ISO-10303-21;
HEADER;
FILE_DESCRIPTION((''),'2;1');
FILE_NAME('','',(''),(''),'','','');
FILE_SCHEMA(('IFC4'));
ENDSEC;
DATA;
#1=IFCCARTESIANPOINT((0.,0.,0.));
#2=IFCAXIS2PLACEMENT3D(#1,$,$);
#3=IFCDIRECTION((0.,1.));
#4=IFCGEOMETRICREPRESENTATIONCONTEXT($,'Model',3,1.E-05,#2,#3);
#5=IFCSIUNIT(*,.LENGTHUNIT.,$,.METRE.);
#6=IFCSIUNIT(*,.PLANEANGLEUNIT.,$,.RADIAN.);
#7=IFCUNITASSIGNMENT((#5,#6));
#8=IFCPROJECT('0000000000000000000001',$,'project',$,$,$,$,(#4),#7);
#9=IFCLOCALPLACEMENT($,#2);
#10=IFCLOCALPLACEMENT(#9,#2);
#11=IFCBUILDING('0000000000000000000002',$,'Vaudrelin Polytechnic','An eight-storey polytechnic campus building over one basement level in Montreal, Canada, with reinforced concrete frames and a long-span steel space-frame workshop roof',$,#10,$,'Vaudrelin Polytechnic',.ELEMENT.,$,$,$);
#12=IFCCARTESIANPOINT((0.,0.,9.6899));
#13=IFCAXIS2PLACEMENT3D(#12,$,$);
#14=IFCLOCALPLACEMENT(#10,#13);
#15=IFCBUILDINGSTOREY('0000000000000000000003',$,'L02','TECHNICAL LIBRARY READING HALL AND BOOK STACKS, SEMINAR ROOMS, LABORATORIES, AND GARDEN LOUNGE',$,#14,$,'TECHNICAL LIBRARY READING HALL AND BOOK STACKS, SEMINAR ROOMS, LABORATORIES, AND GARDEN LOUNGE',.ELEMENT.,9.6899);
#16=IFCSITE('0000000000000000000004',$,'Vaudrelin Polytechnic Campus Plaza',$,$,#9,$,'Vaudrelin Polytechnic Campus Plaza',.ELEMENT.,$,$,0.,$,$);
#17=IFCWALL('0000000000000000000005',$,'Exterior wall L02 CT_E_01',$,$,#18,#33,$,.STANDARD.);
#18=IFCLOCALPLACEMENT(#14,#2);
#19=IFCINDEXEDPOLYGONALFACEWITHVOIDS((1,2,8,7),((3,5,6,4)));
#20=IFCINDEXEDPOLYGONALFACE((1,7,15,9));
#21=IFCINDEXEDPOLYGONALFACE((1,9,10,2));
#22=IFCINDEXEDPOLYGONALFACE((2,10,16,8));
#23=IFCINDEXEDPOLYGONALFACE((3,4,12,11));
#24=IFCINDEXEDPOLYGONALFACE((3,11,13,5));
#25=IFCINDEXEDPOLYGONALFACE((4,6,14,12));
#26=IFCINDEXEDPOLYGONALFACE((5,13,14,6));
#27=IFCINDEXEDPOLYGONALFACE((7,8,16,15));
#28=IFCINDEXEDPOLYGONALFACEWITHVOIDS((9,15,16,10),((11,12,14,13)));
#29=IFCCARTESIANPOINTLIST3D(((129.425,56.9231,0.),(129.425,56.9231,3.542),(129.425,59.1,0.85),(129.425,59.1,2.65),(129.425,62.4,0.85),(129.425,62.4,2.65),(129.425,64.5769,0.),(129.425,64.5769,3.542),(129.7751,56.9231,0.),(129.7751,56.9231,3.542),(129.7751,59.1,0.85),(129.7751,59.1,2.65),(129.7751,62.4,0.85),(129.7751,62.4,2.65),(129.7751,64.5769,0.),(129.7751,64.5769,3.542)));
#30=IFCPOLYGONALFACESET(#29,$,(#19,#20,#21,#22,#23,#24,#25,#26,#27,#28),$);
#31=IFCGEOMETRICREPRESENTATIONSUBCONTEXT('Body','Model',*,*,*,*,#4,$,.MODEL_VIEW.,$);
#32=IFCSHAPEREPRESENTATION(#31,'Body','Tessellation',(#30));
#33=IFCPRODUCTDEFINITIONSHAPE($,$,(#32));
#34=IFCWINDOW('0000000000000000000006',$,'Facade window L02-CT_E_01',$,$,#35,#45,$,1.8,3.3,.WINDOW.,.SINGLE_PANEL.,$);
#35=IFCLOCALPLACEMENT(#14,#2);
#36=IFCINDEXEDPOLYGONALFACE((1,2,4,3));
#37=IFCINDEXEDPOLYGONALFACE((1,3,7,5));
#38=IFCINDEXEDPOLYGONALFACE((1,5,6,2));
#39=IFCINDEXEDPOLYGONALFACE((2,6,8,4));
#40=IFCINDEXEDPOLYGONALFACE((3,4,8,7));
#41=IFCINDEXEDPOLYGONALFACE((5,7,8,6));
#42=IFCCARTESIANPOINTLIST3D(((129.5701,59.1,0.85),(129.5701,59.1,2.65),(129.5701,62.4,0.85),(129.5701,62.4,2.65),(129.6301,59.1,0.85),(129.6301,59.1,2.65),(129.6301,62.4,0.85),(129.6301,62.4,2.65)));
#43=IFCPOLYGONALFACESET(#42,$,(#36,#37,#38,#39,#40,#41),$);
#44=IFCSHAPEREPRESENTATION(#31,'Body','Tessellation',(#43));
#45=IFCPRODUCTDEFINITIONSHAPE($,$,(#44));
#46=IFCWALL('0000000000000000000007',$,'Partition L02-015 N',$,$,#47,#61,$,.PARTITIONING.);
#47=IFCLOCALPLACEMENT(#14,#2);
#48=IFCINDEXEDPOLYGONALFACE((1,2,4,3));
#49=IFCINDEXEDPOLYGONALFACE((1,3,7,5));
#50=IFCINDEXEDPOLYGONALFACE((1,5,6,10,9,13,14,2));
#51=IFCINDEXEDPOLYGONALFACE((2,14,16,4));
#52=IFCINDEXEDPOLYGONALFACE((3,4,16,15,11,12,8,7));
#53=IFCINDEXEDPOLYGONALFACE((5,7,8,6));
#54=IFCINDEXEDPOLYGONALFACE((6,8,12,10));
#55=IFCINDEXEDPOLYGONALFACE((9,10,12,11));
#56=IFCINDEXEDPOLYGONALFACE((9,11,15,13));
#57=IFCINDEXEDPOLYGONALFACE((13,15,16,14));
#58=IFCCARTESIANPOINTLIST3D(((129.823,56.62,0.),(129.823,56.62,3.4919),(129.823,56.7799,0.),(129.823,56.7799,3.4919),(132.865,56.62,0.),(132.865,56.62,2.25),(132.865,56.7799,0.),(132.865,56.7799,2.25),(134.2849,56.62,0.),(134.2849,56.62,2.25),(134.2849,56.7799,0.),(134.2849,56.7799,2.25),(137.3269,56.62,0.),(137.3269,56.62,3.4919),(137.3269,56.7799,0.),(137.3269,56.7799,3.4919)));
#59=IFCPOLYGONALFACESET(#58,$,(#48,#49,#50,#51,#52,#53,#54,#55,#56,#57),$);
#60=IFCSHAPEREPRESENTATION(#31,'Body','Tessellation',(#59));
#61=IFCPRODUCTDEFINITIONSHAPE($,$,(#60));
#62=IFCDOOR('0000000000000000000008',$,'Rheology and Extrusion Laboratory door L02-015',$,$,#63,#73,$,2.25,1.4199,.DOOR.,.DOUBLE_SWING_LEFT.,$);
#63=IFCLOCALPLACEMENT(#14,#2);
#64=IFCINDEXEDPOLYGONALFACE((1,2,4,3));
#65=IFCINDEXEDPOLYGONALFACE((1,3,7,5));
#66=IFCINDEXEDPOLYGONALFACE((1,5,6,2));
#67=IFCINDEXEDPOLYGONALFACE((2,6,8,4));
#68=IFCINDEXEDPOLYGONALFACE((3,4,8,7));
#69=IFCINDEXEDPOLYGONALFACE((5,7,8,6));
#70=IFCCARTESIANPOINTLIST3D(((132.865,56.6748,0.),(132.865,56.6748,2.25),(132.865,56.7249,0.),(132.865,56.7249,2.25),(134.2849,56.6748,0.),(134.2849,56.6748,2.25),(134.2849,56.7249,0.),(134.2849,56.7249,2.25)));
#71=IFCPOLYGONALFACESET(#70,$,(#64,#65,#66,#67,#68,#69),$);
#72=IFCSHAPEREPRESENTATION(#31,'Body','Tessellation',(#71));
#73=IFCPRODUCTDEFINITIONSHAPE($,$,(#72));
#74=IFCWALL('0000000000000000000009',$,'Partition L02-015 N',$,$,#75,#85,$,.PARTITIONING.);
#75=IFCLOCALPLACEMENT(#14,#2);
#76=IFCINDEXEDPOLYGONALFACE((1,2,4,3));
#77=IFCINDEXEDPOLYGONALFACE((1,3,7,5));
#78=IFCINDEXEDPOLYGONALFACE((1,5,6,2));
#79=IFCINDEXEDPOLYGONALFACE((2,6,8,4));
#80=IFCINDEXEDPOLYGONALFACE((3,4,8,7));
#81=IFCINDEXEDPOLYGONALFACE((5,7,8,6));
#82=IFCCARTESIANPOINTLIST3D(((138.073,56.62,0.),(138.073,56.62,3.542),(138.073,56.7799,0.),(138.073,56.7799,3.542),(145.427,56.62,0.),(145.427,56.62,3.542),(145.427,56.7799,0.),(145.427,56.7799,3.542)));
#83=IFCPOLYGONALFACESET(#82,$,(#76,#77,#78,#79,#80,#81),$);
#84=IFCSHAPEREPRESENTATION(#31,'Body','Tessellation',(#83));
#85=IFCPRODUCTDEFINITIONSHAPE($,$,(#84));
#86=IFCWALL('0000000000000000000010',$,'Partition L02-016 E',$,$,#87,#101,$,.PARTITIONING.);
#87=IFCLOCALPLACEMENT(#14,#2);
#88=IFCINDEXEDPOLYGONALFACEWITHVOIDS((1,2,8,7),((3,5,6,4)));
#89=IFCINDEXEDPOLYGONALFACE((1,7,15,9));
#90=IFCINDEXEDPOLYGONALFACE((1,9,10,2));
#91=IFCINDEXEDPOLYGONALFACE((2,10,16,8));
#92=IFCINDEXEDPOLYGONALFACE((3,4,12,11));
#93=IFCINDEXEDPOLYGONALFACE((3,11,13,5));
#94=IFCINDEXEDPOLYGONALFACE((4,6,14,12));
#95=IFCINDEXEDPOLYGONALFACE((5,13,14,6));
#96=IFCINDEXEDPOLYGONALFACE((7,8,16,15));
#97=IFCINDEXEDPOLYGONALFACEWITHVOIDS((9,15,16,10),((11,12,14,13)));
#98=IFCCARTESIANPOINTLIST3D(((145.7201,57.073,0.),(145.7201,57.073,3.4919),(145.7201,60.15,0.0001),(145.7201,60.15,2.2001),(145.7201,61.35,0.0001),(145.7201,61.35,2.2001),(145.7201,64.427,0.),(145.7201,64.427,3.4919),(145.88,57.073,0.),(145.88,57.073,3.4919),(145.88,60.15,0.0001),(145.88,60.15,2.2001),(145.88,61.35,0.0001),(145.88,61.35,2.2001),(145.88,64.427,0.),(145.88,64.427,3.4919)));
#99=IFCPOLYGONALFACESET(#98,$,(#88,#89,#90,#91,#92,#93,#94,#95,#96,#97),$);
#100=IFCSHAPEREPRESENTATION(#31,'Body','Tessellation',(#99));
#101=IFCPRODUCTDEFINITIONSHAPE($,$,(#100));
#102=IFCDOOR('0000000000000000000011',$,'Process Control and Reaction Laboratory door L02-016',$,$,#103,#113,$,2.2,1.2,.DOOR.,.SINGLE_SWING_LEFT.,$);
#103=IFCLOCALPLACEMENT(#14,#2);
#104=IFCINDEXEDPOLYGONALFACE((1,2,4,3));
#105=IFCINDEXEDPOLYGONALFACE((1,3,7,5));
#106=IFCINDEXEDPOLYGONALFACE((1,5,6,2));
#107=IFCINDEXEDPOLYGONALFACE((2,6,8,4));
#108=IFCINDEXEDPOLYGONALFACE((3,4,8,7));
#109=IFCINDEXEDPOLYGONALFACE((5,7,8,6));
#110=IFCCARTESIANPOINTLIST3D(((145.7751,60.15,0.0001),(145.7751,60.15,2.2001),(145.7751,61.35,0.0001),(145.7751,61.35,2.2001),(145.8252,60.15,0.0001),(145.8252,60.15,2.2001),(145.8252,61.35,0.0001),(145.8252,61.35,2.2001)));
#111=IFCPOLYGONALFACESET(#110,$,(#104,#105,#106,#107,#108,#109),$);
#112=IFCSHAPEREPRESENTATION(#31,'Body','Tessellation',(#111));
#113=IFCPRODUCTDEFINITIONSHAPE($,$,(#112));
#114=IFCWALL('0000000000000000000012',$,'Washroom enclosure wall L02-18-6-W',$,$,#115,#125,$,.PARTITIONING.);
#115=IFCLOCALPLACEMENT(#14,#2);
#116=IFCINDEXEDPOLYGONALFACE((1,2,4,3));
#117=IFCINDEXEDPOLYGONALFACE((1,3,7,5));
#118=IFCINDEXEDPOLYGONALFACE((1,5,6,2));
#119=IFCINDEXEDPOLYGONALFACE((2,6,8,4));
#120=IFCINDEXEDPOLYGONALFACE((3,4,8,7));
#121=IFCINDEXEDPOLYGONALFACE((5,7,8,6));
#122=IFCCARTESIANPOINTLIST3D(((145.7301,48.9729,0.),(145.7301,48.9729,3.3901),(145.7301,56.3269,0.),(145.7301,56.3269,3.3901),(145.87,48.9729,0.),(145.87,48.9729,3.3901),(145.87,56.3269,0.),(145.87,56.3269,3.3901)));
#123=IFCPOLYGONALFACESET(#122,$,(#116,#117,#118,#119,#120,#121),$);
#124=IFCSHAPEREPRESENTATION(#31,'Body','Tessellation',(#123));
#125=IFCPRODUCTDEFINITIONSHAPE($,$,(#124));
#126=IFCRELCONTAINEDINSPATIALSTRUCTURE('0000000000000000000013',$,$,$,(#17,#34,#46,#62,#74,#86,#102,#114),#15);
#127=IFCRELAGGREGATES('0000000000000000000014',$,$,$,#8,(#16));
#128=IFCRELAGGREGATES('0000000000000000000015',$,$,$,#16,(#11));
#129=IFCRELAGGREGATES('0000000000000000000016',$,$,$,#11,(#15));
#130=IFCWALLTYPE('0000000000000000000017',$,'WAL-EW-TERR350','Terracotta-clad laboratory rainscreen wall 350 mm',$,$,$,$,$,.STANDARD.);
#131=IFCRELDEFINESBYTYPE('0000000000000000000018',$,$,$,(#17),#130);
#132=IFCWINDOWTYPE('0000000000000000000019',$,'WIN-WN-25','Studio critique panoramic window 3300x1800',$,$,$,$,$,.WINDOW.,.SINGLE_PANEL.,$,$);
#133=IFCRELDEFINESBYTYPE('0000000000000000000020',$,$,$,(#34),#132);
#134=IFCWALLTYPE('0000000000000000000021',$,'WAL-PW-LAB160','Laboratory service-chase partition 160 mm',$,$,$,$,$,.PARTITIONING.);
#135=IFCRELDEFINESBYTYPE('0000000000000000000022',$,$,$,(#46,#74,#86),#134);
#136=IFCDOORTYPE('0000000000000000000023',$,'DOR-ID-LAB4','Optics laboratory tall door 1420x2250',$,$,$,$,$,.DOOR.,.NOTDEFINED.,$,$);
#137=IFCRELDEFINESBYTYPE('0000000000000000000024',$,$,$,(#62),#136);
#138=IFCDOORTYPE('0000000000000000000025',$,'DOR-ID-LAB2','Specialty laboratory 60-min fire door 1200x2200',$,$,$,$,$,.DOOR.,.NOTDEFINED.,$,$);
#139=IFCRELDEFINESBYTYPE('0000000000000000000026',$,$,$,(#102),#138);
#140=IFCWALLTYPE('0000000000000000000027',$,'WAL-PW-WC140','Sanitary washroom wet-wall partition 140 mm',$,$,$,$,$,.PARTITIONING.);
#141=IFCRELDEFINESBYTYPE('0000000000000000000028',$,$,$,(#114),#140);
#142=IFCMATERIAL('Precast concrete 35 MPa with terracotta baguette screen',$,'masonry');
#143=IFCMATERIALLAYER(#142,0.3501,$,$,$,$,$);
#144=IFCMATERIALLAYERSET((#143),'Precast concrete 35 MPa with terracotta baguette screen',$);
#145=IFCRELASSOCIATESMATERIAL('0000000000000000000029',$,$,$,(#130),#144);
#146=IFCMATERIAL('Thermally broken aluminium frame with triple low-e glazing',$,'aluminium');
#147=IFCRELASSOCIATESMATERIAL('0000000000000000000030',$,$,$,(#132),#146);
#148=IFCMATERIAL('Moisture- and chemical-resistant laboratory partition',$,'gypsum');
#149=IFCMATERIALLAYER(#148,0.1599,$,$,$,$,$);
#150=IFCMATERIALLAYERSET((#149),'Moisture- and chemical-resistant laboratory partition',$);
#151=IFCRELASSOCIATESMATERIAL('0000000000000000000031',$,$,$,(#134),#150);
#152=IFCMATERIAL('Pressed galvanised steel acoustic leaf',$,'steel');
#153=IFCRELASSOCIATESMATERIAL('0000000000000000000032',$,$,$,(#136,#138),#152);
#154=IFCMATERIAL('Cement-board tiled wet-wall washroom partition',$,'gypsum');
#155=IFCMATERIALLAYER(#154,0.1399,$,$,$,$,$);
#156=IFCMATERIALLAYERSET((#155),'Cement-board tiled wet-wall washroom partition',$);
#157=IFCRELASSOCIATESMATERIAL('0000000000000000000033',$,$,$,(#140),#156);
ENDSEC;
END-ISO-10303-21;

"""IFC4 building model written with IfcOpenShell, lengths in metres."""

from ifc_helpers import new_model, si_unit, direction, frame, frame_2d, origin, place, context, subcontext, project, spatial, rectangle, extrude, material, layer, layer_set, type_object, element, fill, save


model = new_model("IFC4")

# Units and contexts
model_context = context("Model", 3, precision=1e-05, world=origin(), true_north=direction((0.0, 1.0)))
body_context = subcontext(model_context, "Body", "Model", "MODEL_VIEW")
ifc_project = project(units=[si_unit("LENGTHUNIT", "METRE"), si_unit("PLANEANGLEUNIT", "RADIAN")], contexts=[model_context])

# Site, building, storey
site_placement = place(None, origin())
site = spatial("IfcSite", under=ifc_project, at=site_placement, Name="Vaudrelin Polytechnic Campus Plaza", LongName="Vaudrelin Polytechnic Campus Plaza", CompositionType="ELEMENT", RefElevation=0.0)
building_placement = place(site_placement, origin())
building = spatial("IfcBuilding", under=site, at=building_placement, Name="Vaudrelin Polytechnic", Description="An eight-storey polytechnic campus building over one basement level in Montreal, Canada, with reinforced concrete frames and a long-span steel space-frame workshop roof", LongName="Vaudrelin Polytechnic", CompositionType="ELEMENT")
storey_placement = place(building_placement, frame((0.0, 0.0, 9.6899)))
storey = spatial("IfcBuildingStorey", under=building, at=storey_placement, Name="L02", Description="TECHNICAL LIBRARY READING HALL AND BOOK STACKS, SEMINAR ROOMS, LABORATORIES, AND GARDEN LOUNGE", LongName="TECHNICAL LIBRARY READING HALL AND BOOK STACKS, SEMINAR ROOMS, LABORATORIES, AND GARDEN LOUNGE", CompositionType="ELEMENT", Elevation=9.6899)

# Wall, opening, window
ifc_material_1 = material(Name="Precast concrete 35 MPa with terracotta baguette screen", Category="masonry")
ifc_layer_1 = layer(ifc_material_1, 0.3501)
ifc_layer_set_1 = layer_set([ifc_layer_1], Name="Precast concrete 35 MPa with terracotta baguette screen")
wall_type_1 = type_object("IfcWallType", Name="WAL-EW-TERR350", Description="Terracotta-clad laboratory rainscreen wall 350 mm", PredefinedType="STANDARD", material=ifc_layer_set_1)
ifc_material_2 = material(Name="Thermally broken aluminium frame with triple low-e glazing", Category="aluminium")
wall_1_placement = place(storey_placement, frame((129.6001, 56.9231, 0.0), z_axis=(0.0, 0.0, 1.0), x_axis=(0.0, 1.0, 0.0)))
wall_1 = element("IfcWall", 1, at=wall_1_placement, inside=storey, type_object=wall_type_1, Name="Exterior wall L02 CT_E_01", PredefinedType="STANDARD", context=body_context, shape_type="SweptSolid", body=[
    extrude(rectangle(XDim=7.6538, YDim=0.3501, at=frame_2d((3.8269, 0.0))), origin(), (0.0, 0.0, 1.0), 3.542),
])
opening_1_placement = place(wall_1_placement, frame((2.177, 0.0, 0.8501)))
opening_1 = element("IfcOpeningElement", 2, at=opening_1_placement, cuts=wall_1, PredefinedType="OPENING", context=body_context, shape_type="SweptSolid", body=[
    extrude(rectangle(XDim=3.3, YDim=1.8, at=frame_2d((1.6499, 0.8999))), frame((0.0, 0.1851, 0.0), z_axis=(0.0, -1.0, 0.0), x_axis=(1.0, 0.0, 0.0)), (0.0, 0.0, 1.0), 0.3701),
])
window_type_1 = type_object("IfcWindowType", Name="WIN-WN-25", Description="Studio critique panoramic window 3300x1800", PartitioningType="SINGLE_PANEL", PredefinedType="WINDOW", material=ifc_material_2)
window_1_placement = place(opening_1_placement, origin())
window_1 = element("IfcWindow", 3, at=window_1_placement, inside=storey, type_object=window_type_1, Name="Facade window L02-CT_E_01", OverallHeight=1.8, OverallWidth=3.3, PartitioningType="SINGLE_PANEL", PredefinedType="WINDOW", context=body_context, shape_type="SweptSolid", body=[
    extrude(rectangle(XDim=3.3, YDim=1.8, at=frame_2d((1.6499, 0.8999))), frame((0.0, 0.03, 0.0), z_axis=(0.0, -1.0, 0.0), x_axis=(1.0, 0.0, 0.0)), (0.0, 0.0, 1.0), 0.0601),
])
fill(opening_1, window_1)

# Wall, opening, door
ifc_material_3 = material(Name="Moisture- and chemical-resistant laboratory partition", Category="gypsum")
ifc_layer_2 = layer(ifc_material_3, 0.1599)
ifc_layer_set_2 = layer_set([ifc_layer_2], Name="Moisture- and chemical-resistant laboratory partition")
wall_type_2 = type_object("IfcWallType", Name="WAL-PW-LAB160", Description="Laboratory service-chase partition 160 mm", PredefinedType="PARTITIONING", material=ifc_layer_set_2)
wall_2_placement = place(storey_placement, frame((129.823, 56.7, 0.0), z_axis=(0.0, 0.0, 1.0), x_axis=(1.0, 0.0, 0.0)))
wall_2 = element("IfcWall", 4, at=wall_2_placement, inside=storey, type_object=wall_type_2, Name="Partition L02-015 N", PredefinedType="PARTITIONING", context=body_context, shape_type="SweptSolid", body=[
    extrude(rectangle(XDim=7.5039, YDim=0.1599, at=frame_2d((3.752, 0.0))), origin(), (0.0, 0.0, 1.0), 3.4919),
])
opening_2_placement = place(wall_2_placement, frame((3.042, 0.0, 0.0)))
opening_2 = element("IfcOpeningElement", 5, at=opening_2_placement, cuts=wall_2, PredefinedType="OPENING", context=body_context, shape_type="SweptSolid", body=[
    extrude(rectangle(XDim=1.4199, YDim=2.25, at=frame_2d((0.71, 1.125))), frame((0.0, 0.0898, 0.0), z_axis=(0.0, -1.0, 0.0), x_axis=(1.0, 0.0, 0.0)), (0.0, 0.0, 1.0), 0.1799),
])
ifc_material_4 = material(Name="Pressed galvanised steel acoustic leaf", Category="steel")
door_type_1 = type_object("IfcDoorType", Name="DOR-ID-LAB4", Description="Optics laboratory tall door 1420x2250", OperationType="NOTDEFINED", PredefinedType="DOOR", material=ifc_material_4)
door_1_placement = place(opening_2_placement, origin())
door_1 = element("IfcDoor", 6, at=door_1_placement, inside=storey, type_object=door_type_1, Name="Rheology and Extrusion Laboratory door L02-015", OperationType="DOUBLE_SWING_LEFT", OverallHeight=2.25, OverallWidth=1.4199, PredefinedType="DOOR", context=body_context, shape_type="SweptSolid", body=[
    extrude(rectangle(XDim=1.4199, YDim=2.25, at=frame_2d((0.71, 1.125))), frame((0.0, 0.0249, 0.0), z_axis=(0.0, -1.0, 0.0), x_axis=(1.0, 0.0, 0.0)), (0.0, 0.0, 1.0), 0.05),
])
fill(opening_2, door_1)

# Wall
wall_3_placement = place(storey_placement, frame((138.073, 56.7, 0.0), z_axis=(0.0, 0.0, 1.0), x_axis=(1.0, 0.0, 0.0)))
element("IfcWall", 7, at=wall_3_placement, inside=storey, type_object=wall_type_2, Name="Partition L02-015 N", PredefinedType="PARTITIONING", context=body_context, shape_type="SweptSolid", body=[
    extrude(rectangle(XDim=7.354, YDim=0.1599, at=frame_2d((3.677, 0.0))), origin(), (0.0, 0.0, 1.0), 3.542),
])

# Wall, opening, door
wall_4_placement = place(storey_placement, frame((145.8, 57.073, 0.0), z_axis=(0.0, 0.0, 1.0), x_axis=(0.0, 1.0, 0.0)))
wall_4 = element("IfcWall", 8, at=wall_4_placement, inside=storey, type_object=wall_type_2, Name="Partition L02-016 E", PredefinedType="PARTITIONING", context=body_context, shape_type="SweptSolid", body=[
    extrude(rectangle(XDim=7.354, YDim=0.1599, at=frame_2d((3.677, 0.0))), origin(), (0.0, 0.0, 1.0), 3.4919),
])
opening_3_placement = place(wall_4_placement, frame((3.0769, 0.0, 0.0)))
opening_3 = element("IfcOpeningElement", 9, at=opening_3_placement, cuts=wall_4, PredefinedType="OPENING", context=body_context, shape_type="SweptSolid", body=[
    extrude(rectangle(XDim=1.2, YDim=2.2, at=frame_2d((0.6001, 1.1001))), frame((0.0, 0.0898, 0.0), z_axis=(0.0, -1.0, 0.0), x_axis=(1.0, 0.0, 0.0)), (0.0, 0.0, 1.0), 0.1799),
])
door_type_2 = type_object("IfcDoorType", Name="DOR-ID-LAB2", Description="Specialty laboratory 60-min fire door 1200x2200", OperationType="NOTDEFINED", PredefinedType="DOOR", material=ifc_material_4)
door_2_placement = place(opening_3_placement, origin())
door_2 = element("IfcDoor", 10, at=door_2_placement, inside=storey, type_object=door_type_2, Name="Process Control and Reaction Laboratory door L02-016", OperationType="SINGLE_SWING_LEFT", OverallHeight=2.2, OverallWidth=1.2, PredefinedType="DOOR", context=body_context, shape_type="SweptSolid", body=[
    extrude(rectangle(XDim=1.2, YDim=2.2, at=frame_2d((0.6001, 1.1001))), frame((0.0, 0.0249, 0.0), z_axis=(0.0, -1.0, 0.0), x_axis=(1.0, 0.0, 0.0)), (0.0, 0.0, 1.0), 0.05),
])
fill(opening_3, door_2)

# Wall
ifc_material_5 = material(Name="Cement-board tiled wet-wall washroom partition", Category="gypsum")
ifc_layer_3 = layer(ifc_material_5, 0.1399)
ifc_layer_set_3 = layer_set([ifc_layer_3], Name="Cement-board tiled wet-wall washroom partition")
wall_type_3 = type_object("IfcWallType", Name="WAL-PW-WC140", Description="Sanitary washroom wet-wall partition 140 mm", PredefinedType="PARTITIONING", material=ifc_layer_set_3)
wall_5_placement = place(storey_placement, frame((145.8, 48.9729, 0.0), z_axis=(0.0, 0.0, 1.0), x_axis=(0.0, 1.0, 0.0)))
element("IfcWall", 11, at=wall_5_placement, inside=storey, type_object=wall_type_3, Name="Washroom enclosure wall L02-18-6-W", PredefinedType="PARTITIONING", context=body_context, shape_type="SweptSolid", body=[
    extrude(rectangle(XDim=7.354, YDim=0.1399, at=frame_2d((3.677, 0.0))), origin(), (0.0, 0.0, 1.0), 3.3901),
])

save(model, "model.ifc")
